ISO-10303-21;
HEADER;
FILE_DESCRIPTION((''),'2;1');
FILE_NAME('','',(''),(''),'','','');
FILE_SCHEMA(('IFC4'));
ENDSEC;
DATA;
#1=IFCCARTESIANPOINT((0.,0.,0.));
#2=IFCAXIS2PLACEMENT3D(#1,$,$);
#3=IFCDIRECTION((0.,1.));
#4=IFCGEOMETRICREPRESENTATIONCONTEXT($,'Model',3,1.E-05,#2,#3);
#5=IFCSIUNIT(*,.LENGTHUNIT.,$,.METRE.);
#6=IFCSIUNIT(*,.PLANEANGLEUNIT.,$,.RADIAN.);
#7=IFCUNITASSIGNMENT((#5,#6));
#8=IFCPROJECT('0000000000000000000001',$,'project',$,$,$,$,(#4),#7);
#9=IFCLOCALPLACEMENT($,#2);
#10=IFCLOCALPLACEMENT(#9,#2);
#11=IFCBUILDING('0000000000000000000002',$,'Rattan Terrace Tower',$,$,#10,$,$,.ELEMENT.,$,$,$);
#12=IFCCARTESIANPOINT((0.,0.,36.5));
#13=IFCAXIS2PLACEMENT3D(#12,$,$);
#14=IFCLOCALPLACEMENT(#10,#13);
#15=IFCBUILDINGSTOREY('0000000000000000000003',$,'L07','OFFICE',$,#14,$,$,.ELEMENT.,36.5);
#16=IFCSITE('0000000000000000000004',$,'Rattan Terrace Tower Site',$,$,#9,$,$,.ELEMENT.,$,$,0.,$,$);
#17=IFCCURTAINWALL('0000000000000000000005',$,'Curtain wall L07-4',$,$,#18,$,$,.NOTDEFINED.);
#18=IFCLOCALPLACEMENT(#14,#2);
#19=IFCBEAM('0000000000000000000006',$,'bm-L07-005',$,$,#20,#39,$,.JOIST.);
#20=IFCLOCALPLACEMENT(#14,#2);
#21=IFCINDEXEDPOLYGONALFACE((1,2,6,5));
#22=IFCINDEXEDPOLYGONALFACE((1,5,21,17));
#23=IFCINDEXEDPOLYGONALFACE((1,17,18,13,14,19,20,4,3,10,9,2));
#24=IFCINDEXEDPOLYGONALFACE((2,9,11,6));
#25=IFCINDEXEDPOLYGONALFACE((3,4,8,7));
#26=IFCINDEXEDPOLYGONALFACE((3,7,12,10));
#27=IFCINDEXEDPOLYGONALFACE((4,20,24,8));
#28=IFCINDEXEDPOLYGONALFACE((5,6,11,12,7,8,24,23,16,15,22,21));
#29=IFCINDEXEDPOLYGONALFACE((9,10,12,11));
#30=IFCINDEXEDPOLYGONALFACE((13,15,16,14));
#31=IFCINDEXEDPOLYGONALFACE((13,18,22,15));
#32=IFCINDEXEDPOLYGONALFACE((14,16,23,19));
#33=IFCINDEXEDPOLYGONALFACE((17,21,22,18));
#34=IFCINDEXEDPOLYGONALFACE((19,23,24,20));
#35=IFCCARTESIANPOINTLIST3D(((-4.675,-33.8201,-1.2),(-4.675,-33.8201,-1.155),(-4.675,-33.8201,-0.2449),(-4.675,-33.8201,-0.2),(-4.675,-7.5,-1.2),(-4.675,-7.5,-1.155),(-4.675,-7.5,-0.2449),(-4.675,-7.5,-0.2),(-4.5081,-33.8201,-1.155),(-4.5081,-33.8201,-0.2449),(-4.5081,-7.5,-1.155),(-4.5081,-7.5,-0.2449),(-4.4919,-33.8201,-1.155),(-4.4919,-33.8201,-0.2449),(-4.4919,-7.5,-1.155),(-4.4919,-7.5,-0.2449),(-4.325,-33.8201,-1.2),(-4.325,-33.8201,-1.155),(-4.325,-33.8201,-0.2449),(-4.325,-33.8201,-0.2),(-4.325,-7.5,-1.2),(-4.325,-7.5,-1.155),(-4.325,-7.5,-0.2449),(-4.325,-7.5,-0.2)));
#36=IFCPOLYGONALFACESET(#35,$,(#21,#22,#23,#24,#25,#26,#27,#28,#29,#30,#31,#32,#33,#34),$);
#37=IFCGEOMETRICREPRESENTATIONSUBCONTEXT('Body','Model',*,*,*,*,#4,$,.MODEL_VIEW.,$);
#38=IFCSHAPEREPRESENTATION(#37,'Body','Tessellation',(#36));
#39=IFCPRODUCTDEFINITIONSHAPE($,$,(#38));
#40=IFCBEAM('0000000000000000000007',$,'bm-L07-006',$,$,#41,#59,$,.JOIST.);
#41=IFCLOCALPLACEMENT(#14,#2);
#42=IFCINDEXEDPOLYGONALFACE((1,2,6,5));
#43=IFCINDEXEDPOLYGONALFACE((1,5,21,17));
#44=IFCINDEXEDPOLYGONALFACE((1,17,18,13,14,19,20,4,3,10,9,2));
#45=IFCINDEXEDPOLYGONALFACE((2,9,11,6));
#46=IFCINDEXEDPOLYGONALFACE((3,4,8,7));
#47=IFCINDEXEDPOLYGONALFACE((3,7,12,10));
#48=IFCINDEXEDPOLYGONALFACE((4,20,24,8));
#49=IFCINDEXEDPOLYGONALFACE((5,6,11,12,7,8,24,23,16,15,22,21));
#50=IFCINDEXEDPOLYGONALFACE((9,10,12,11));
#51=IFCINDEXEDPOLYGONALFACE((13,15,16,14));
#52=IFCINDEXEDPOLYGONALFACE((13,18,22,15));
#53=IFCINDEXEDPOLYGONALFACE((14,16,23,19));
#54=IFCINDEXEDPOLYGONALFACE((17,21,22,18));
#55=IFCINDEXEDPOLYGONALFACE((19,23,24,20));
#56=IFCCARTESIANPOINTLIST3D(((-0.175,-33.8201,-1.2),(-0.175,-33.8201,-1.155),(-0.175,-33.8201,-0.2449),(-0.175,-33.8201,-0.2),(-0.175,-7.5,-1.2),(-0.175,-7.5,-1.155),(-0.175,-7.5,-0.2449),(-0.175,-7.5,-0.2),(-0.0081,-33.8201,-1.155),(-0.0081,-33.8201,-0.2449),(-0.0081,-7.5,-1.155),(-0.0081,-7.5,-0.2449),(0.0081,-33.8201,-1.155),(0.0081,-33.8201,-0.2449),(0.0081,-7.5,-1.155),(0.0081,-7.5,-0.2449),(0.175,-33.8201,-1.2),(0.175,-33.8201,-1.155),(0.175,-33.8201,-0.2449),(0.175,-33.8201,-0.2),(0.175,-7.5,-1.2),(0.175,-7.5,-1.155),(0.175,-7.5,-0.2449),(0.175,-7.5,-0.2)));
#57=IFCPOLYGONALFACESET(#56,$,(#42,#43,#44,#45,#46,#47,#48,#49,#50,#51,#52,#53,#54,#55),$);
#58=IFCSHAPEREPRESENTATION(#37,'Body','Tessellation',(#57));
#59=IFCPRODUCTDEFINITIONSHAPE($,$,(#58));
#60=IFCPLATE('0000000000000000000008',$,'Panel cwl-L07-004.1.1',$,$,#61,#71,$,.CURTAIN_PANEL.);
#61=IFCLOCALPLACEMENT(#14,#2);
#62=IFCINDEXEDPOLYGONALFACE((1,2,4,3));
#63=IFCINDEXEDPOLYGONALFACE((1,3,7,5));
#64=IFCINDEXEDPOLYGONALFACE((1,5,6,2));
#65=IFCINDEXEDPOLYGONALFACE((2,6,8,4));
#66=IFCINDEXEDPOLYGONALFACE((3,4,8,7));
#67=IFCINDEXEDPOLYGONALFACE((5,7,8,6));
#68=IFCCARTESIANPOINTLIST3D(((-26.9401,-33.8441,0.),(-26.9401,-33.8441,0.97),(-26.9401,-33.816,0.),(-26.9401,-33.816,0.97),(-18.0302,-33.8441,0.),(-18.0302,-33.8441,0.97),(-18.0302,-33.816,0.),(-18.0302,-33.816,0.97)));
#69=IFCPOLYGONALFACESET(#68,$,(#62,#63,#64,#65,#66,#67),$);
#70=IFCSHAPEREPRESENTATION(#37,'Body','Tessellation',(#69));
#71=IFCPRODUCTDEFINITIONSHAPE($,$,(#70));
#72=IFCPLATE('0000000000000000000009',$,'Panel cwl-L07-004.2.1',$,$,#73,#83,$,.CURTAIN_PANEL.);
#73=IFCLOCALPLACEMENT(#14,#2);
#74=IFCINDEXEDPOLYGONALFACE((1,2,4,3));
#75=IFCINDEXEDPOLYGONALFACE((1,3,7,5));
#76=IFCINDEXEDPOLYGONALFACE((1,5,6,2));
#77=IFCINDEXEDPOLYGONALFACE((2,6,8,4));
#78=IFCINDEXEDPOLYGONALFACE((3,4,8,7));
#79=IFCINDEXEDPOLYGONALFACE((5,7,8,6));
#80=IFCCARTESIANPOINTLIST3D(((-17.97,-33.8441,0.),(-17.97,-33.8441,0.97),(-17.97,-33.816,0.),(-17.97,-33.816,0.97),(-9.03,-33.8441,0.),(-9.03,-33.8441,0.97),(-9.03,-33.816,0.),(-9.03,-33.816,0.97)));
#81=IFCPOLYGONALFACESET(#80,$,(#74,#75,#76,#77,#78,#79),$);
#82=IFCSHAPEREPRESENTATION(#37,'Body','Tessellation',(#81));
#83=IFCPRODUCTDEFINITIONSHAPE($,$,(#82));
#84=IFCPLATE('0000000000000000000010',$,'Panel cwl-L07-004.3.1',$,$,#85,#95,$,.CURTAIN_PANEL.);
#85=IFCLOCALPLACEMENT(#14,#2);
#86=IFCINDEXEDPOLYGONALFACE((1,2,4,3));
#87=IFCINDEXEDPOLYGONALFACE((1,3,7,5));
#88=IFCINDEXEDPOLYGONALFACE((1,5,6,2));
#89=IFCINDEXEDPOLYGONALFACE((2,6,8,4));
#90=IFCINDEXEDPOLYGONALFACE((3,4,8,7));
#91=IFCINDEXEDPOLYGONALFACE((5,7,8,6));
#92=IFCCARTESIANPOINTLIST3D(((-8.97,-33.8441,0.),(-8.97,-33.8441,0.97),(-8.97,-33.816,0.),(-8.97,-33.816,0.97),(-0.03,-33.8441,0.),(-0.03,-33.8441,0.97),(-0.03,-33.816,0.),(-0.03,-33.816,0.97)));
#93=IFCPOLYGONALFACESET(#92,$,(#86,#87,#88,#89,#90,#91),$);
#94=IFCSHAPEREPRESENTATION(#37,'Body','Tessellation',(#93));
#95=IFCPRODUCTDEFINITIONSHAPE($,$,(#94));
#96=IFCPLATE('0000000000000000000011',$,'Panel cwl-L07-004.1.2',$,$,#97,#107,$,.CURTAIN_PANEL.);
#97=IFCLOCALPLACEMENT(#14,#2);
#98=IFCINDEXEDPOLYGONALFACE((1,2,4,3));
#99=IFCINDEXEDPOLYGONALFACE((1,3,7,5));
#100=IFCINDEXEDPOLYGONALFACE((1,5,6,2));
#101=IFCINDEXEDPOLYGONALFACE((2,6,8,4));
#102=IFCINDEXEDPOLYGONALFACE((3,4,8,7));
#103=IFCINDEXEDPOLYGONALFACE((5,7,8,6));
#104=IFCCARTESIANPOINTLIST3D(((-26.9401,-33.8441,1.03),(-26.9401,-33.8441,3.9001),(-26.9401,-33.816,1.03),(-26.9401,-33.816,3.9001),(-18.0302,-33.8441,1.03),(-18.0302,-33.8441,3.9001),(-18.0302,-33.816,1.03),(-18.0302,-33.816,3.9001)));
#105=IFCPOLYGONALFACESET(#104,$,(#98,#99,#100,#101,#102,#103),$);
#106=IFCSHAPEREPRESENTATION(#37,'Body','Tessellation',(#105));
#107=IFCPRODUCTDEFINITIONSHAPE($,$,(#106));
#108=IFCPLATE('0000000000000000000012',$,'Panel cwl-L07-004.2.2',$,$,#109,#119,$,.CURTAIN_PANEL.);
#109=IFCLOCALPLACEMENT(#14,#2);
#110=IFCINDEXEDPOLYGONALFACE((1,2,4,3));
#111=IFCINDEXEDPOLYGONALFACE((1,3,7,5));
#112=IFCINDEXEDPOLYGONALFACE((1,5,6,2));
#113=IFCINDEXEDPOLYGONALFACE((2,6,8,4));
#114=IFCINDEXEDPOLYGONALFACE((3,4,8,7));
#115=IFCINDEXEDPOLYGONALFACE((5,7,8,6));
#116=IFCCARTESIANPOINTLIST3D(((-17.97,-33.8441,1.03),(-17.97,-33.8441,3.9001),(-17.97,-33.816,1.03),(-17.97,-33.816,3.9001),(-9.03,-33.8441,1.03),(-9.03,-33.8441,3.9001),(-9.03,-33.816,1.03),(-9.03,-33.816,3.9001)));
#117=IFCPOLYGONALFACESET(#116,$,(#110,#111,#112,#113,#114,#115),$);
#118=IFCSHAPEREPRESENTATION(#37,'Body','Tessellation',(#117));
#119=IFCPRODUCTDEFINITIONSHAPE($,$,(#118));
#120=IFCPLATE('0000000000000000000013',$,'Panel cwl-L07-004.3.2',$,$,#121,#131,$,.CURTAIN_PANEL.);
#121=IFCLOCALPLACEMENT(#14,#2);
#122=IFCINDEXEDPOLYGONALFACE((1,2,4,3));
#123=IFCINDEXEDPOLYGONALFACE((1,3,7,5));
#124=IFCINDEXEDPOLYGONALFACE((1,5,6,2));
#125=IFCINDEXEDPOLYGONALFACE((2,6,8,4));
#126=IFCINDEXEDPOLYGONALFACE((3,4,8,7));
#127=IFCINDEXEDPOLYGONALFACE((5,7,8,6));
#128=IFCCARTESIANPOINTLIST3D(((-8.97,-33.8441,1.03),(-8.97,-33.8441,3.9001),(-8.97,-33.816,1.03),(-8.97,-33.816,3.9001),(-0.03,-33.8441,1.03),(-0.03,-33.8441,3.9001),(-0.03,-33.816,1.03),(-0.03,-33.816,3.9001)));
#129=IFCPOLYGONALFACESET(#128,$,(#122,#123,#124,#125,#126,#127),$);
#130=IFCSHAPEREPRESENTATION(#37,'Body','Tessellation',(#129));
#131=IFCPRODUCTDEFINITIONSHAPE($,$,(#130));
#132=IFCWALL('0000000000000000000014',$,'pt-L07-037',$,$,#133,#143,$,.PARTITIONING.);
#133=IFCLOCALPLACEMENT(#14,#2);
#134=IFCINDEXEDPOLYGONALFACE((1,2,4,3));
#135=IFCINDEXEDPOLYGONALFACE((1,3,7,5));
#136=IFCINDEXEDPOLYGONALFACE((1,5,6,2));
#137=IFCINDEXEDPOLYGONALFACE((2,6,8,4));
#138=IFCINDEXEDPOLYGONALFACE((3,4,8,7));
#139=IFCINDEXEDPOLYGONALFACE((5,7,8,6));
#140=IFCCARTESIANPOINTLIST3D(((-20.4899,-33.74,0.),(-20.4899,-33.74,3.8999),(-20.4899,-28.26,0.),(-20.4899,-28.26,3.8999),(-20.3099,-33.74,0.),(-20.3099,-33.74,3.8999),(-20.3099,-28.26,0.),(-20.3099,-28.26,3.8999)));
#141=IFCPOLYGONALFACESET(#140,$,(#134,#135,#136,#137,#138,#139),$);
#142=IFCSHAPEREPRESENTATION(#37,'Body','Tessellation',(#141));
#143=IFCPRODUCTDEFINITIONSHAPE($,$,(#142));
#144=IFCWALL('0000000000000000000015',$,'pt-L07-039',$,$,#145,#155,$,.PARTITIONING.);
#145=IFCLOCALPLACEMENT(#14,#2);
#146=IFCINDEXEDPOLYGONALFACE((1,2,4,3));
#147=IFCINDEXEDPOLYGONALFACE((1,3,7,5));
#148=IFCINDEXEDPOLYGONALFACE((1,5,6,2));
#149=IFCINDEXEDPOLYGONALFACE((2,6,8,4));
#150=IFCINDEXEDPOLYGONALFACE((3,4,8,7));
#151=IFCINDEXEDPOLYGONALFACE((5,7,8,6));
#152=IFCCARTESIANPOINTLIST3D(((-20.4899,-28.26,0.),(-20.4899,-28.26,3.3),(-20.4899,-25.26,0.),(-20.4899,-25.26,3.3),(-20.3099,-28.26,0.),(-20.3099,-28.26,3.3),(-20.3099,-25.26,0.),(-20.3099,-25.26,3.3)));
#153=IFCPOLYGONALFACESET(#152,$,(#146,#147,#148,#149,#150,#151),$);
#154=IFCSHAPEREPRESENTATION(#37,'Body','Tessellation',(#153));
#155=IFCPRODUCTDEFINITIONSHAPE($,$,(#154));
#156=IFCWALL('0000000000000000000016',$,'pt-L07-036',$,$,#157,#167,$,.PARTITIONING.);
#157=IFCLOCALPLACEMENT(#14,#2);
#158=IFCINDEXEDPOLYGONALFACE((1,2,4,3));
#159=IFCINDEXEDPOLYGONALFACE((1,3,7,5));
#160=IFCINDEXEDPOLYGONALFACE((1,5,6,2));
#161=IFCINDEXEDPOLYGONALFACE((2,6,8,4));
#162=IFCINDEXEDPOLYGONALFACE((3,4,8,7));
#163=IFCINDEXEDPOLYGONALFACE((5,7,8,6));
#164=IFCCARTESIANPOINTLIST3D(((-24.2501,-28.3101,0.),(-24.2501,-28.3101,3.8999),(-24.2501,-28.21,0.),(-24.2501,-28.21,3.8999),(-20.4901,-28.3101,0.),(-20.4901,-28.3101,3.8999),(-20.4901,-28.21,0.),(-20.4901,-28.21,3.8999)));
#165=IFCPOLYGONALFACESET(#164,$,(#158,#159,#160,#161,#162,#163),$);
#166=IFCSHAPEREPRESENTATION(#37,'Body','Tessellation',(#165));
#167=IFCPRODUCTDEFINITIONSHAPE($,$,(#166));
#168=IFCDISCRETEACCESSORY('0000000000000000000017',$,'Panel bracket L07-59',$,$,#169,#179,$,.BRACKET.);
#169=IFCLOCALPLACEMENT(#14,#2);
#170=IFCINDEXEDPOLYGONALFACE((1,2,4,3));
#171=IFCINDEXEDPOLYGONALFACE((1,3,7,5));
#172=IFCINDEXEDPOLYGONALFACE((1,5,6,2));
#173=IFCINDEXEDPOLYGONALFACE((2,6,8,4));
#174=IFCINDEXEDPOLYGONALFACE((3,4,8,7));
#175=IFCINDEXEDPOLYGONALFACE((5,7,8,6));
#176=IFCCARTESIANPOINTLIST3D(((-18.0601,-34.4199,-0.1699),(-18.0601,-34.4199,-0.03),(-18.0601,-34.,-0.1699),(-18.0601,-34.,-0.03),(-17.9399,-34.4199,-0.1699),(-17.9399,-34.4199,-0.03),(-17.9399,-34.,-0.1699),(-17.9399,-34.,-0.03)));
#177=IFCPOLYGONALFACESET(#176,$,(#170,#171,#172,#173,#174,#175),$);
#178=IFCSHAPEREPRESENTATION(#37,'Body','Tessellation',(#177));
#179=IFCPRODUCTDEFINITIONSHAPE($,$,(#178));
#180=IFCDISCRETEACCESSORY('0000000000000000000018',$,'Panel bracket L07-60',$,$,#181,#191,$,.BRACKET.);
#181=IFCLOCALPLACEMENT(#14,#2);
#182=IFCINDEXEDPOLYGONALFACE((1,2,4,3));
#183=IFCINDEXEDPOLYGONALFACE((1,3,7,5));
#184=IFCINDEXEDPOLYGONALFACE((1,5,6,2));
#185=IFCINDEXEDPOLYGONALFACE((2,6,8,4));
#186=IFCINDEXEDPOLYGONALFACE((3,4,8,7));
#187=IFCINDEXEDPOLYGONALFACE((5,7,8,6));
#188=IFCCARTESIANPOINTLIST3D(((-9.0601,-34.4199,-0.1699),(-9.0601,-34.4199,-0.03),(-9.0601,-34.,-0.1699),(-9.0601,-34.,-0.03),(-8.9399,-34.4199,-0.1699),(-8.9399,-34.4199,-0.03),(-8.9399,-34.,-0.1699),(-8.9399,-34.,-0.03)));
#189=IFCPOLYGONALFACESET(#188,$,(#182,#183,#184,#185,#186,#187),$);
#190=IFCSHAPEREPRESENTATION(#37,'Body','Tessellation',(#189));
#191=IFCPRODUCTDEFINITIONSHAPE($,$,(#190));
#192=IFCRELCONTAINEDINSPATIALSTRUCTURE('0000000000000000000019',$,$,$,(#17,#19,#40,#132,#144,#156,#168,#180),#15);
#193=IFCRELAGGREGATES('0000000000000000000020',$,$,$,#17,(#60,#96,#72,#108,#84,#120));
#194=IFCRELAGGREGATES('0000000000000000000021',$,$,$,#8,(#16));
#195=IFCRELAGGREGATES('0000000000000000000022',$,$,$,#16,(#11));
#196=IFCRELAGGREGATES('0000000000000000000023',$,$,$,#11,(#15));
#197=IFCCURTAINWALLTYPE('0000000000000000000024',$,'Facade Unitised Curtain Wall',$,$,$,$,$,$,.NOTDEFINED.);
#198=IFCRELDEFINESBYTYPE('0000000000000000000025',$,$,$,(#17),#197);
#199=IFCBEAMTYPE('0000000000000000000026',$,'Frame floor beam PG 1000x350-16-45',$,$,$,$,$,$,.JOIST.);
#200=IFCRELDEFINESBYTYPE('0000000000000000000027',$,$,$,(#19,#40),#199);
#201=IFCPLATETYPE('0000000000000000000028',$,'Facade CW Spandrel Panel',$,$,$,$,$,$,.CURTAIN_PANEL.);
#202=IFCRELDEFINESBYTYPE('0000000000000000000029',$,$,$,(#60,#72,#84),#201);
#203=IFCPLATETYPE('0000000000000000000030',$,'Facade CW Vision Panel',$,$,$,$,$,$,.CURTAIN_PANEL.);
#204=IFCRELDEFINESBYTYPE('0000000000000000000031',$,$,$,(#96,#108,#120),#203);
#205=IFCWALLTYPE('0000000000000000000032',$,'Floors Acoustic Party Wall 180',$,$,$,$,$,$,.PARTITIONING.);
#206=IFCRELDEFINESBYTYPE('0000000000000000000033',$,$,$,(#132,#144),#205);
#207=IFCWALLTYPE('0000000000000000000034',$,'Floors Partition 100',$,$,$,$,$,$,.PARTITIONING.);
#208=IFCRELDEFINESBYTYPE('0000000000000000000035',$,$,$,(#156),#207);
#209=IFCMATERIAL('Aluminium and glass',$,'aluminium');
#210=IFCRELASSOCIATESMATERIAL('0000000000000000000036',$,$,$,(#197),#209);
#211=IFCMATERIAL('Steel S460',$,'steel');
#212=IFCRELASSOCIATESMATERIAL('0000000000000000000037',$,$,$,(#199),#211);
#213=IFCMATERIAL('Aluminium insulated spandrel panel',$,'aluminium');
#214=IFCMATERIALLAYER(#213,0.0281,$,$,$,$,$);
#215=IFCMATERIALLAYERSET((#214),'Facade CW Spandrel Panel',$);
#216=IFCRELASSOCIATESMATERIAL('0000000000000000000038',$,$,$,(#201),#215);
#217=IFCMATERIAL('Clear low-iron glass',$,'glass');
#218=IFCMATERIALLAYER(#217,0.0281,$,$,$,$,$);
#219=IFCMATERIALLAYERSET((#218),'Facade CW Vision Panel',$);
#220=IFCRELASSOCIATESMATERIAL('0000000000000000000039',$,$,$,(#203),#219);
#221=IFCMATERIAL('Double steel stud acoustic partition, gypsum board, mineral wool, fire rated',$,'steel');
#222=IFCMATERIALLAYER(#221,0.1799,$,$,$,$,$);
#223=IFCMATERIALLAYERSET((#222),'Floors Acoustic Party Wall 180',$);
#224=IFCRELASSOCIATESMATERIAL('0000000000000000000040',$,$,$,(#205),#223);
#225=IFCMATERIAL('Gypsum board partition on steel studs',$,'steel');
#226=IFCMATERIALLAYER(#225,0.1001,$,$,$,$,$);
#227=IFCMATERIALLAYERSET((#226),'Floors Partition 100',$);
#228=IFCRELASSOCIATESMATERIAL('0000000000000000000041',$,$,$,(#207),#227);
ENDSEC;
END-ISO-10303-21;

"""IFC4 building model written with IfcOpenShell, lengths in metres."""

from ifc_helpers import new_model, si_unit, direction, frame, frame_2d, origin, origin_2d, place, context, subcontext, project, spatial, rectangle, i_section, extrude, material, layer, layer_set, material_profile, profile_set, type_object, element, aggregate, save


model = new_model("IFC4")

# Units and contexts
model_context = context("Model", 3, precision=1e-05, world=origin(), true_north=direction((0.0, 1.0)))
body_context = subcontext(model_context, "Body", "Model", "MODEL_VIEW")
ifc_project = project(units=[si_unit("LENGTHUNIT", "METRE"), si_unit("PLANEANGLEUNIT", "RADIAN")], contexts=[model_context])

# Site, building, storey
site_placement = place(None, origin())
site = spatial("IfcSite", under=ifc_project, at=site_placement, Name="Rattan Terrace Tower Site", CompositionType="ELEMENT", RefElevation=0.0)
building_placement = place(site_placement, origin())
building = spatial("IfcBuilding", under=site, at=building_placement, Name="Rattan Terrace Tower", CompositionType="ELEMENT")
storey_placement = place(building_placement, frame((0.0, 0.0, 36.5)))
storey = spatial("IfcBuildingStorey", under=building, at=storey_placement, Name="L07", Description="OFFICE", CompositionType="ELEMENT", Elevation=36.5)

# Curtain wall
ifc_material_1 = material(Name="Aluminium and glass", Category="aluminium")
curtain_wall_type = type_object("IfcCurtainWallType", Name="Facade Unitised Curtain Wall", PredefinedType="NOTDEFINED", material=ifc_material_1)
curtain_wall_placement = place(storey_placement, origin())
curtain_wall = element("IfcCurtainWall", 1, at=curtain_wall_placement, inside=storey, type_object=curtain_wall_type, Name="Curtain wall L07-4", PredefinedType="NOTDEFINED")

# Beams
ifc_material_2 = material(Name="Steel S460", Category="steel")
ifc_material_profile_1 = material_profile(ifc_material_2, i_section(OverallWidth=0.3501, OverallDepth=1.0, WebThickness=0.0161, FlangeThickness=0.0449, at=origin_2d()), Name="PG 1000x350-16-45")
ifc_profile_set_1 = profile_set([ifc_material_profile_1], Name="Steel S460")
beam_type_1 = type_object("IfcBeamType", Name="Frame floor beam PG 1000x350-16-45", PredefinedType="JOIST", material=ifc_profile_set_1)
for number, where, z_axis, x_axis, name in (
    (2, (-4.5, -33.8201, -0.7), (0.0, 1.0, 0.0), (-1.0, 0.0, 0.0), "bm-L07-005"),
    (3, (0.0, -33.8201, -0.7), (0.0, 1.0, 0.0), (-1.0, 0.0, 0.0), "bm-L07-006"),
):
    element("IfcBeam", number, at=place(storey_placement, frame(where, z_axis=z_axis, x_axis=x_axis)), inside=storey, type_object=beam_type_1, Name=name, PredefinedType="JOIST", context=body_context, shape_type="SweptSolid", body=[
        extrude(i_section(OverallWidth=0.3501, OverallDepth=1.0, WebThickness=0.0161, FlangeThickness=0.0449, at=origin_2d()), origin(), (0.0, 0.0, 1.0), 26.3201),
    ])

# Plates
ifc_material_3 = material(Name="Aluminium insulated spandrel panel", Category="aluminium")
ifc_layer_1 = layer(ifc_material_3, 0.0281)
ifc_layer_set_1 = layer_set([ifc_layer_1], Name="Facade CW Spandrel Panel")
plate_type_1 = type_object("IfcPlateType", Name="Facade CW Spandrel Panel", PredefinedType="CURTAIN_PANEL", material=ifc_layer_set_1)
plate_1_placement = place(storey_placement, frame((-22.4851, -33.8301, 0.0), z_axis=(0.0, 0.0, 1.0), x_axis=(1.0, 0.0, 0.0)))
plate_1 = element("IfcPlate", 4, at=plate_1_placement, type_object=plate_type_1, Name="Panel cwl-L07-004.1.1", PredefinedType="CURTAIN_PANEL", context=body_context, shape_type="SweptSolid", body=[
    extrude(rectangle(XDim=8.9099, YDim=0.0281, at=origin_2d()), origin(), (0.0, 0.0, 1.0), 0.97),
])
plate_2_placement = place(storey_placement, frame((-13.5, -33.8301, 0.0), z_axis=(0.0, 0.0, 1.0), x_axis=(1.0, 0.0, 0.0)))
plate_2 = element("IfcPlate", 5, at=plate_2_placement, type_object=plate_type_1, Name="Panel cwl-L07-004.2.1", PredefinedType="CURTAIN_PANEL", context=body_context, shape_type="SweptSolid", body=[
    extrude(rectangle(XDim=8.9399, YDim=0.0281, at=origin_2d()), origin(), (0.0, 0.0, 1.0), 0.97),
])
plate_3_placement = place(storey_placement, frame((-4.5, -33.8301, 0.0), z_axis=(0.0, 0.0, 1.0), x_axis=(1.0, 0.0, 0.0)))
plate_3 = element("IfcPlate", 6, at=plate_3_placement, type_object=plate_type_1, Name="Panel cwl-L07-004.3.1", PredefinedType="CURTAIN_PANEL", context=body_context, shape_type="SweptSolid", body=[
    extrude(rectangle(XDim=8.9399, YDim=0.0281, at=origin_2d()), origin(), (0.0, 0.0, 1.0), 0.97),
])
ifc_material_4 = material(Name="Clear low-iron glass", Category="glass")
ifc_layer_2 = layer(ifc_material_4, 0.0281)
ifc_layer_set_2 = layer_set([ifc_layer_2], Name="Facade CW Vision Panel")
plate_type_2 = type_object("IfcPlateType", Name="Facade CW Vision Panel", PredefinedType="CURTAIN_PANEL", material=ifc_layer_set_2)
plate_4_placement = place(storey_placement, frame((-22.4851, -33.8301, 1.03), z_axis=(0.0, 0.0, 1.0), x_axis=(1.0, 0.0, 0.0)))
plate_4 = element("IfcPlate", 7, at=plate_4_placement, type_object=plate_type_2, Name="Panel cwl-L07-004.1.2", PredefinedType="CURTAIN_PANEL", context=body_context, shape_type="SweptSolid", body=[
    extrude(rectangle(XDim=8.9099, YDim=0.0281, at=origin_2d()), origin(), (0.0, 0.0, 1.0), 2.8701),
])
plate_5_placement = place(storey_placement, frame((-13.5, -33.8301, 1.03), z_axis=(0.0, 0.0, 1.0), x_axis=(1.0, 0.0, 0.0)))
plate_5 = element("IfcPlate", 8, at=plate_5_placement, type_object=plate_type_2, Name="Panel cwl-L07-004.2.2", PredefinedType="CURTAIN_PANEL", context=body_context, shape_type="SweptSolid", body=[
    extrude(rectangle(XDim=8.9399, YDim=0.0281, at=origin_2d()), origin(), (0.0, 0.0, 1.0), 2.8701),
])
plate_6_placement = place(storey_placement, frame((-4.5, -33.8301, 1.03), z_axis=(0.0, 0.0, 1.0), x_axis=(1.0, 0.0, 0.0)))
plate_6 = element("IfcPlate", 9, at=plate_6_placement, type_object=plate_type_2, Name="Panel cwl-L07-004.3.2", PredefinedType="CURTAIN_PANEL", context=body_context, shape_type="SweptSolid", body=[
    extrude(rectangle(XDim=8.9399, YDim=0.0281, at=origin_2d()), origin(), (0.0, 0.0, 1.0), 2.8701),
])
aggregate(curtain_wall, [plate_1, plate_4, plate_2, plate_5, plate_3, plate_6])

# Walls
ifc_material_5 = material(Name="Double steel stud acoustic partition, gypsum board, mineral wool, fire rated", Category="steel")
ifc_layer_3 = layer(ifc_material_5, 0.1799)
ifc_layer_set_3 = layer_set([ifc_layer_3], Name="Floors Acoustic Party Wall 180")
wall_type_1 = type_object("IfcWallType", Name="Floors Acoustic Party Wall 180", PredefinedType="PARTITIONING", material=ifc_layer_set_3)
wall_1_placement = place(storey_placement, frame((-20.3999, -28.26, 0.0), z_axis=(0.0, 0.0, 1.0), x_axis=(0.0, -1.0, 0.0)))
element("IfcWall", 10, at=wall_1_placement, inside=storey, type_object=wall_type_1, Name="pt-L07-037", PredefinedType="PARTITIONING", context=body_context, shape_type="SweptSolid", body=[
    extrude(rectangle(XDim=5.48, YDim=0.1799, at=frame_2d((2.74, 0.0))), origin(), (0.0, 0.0, 1.0), 3.8999),
])
wall_2_placement = place(storey_placement, frame((-20.3999, -25.26, 0.0), z_axis=(0.0, 0.0, 1.0), x_axis=(0.0, -1.0, 0.0)))
element("IfcWall", 11, at=wall_2_placement, inside=storey, type_object=wall_type_1, Name="pt-L07-039", PredefinedType="PARTITIONING", context=body_context, shape_type="SweptSolid", body=[
    extrude(rectangle(XDim=3.0, YDim=0.1799, at=frame_2d((1.5, 0.0))), origin(), (0.0, 0.0, 1.0), 3.3),
])
ifc_material_6 = material(Name="Gypsum board partition on steel studs", Category="steel")
ifc_layer_4 = layer(ifc_material_6, 0.1001)
ifc_layer_set_4 = layer_set([ifc_layer_4], Name="Floors Partition 100")
wall_type_2 = type_object("IfcWallType", Name="Floors Partition 100", PredefinedType="PARTITIONING", material=ifc_layer_set_4)
wall_3_placement = place(storey_placement, frame((-24.25, -28.26, 0.0), z_axis=(0.0, 0.0, 1.0), x_axis=(1.0, 0.0, 0.0)))
element("IfcWall", 12, at=wall_3_placement, inside=storey, type_object=wall_type_2, Name="pt-L07-036", PredefinedType="PARTITIONING", context=body_context, shape_type="SweptSolid", body=[
    extrude(rectangle(XDim=3.76, YDim=0.1001, at=frame_2d((1.8799, 0.0))), origin(), (0.0, 0.0, 1.0), 3.8999),
])

# Discrete accessories
for number, where, z_axis, x_axis, name in (
    (13, (-18.0, -34.21, -0.1699), (0.0, 0.0, 1.0), (1.0, 0.0, 0.0), "Panel bracket L07-59"),
    (14, (-9.0, -34.21, -0.1699), (0.0, 0.0, 1.0), (1.0, 0.0, 0.0), "Panel bracket L07-60"),
):
    element("IfcDiscreteAccessory", number, at=place(storey_placement, frame(where, z_axis=z_axis, x_axis=x_axis)), inside=storey, Name=name, PredefinedType="BRACKET", context=body_context, shape_type="SweptSolid", body=[
        extrude(rectangle(XDim=0.1201, YDim=0.4199, at=origin_2d()), origin(), (0.0, 0.0, 1.0), 0.1399),
    ])

save(model, "model.ifc")
